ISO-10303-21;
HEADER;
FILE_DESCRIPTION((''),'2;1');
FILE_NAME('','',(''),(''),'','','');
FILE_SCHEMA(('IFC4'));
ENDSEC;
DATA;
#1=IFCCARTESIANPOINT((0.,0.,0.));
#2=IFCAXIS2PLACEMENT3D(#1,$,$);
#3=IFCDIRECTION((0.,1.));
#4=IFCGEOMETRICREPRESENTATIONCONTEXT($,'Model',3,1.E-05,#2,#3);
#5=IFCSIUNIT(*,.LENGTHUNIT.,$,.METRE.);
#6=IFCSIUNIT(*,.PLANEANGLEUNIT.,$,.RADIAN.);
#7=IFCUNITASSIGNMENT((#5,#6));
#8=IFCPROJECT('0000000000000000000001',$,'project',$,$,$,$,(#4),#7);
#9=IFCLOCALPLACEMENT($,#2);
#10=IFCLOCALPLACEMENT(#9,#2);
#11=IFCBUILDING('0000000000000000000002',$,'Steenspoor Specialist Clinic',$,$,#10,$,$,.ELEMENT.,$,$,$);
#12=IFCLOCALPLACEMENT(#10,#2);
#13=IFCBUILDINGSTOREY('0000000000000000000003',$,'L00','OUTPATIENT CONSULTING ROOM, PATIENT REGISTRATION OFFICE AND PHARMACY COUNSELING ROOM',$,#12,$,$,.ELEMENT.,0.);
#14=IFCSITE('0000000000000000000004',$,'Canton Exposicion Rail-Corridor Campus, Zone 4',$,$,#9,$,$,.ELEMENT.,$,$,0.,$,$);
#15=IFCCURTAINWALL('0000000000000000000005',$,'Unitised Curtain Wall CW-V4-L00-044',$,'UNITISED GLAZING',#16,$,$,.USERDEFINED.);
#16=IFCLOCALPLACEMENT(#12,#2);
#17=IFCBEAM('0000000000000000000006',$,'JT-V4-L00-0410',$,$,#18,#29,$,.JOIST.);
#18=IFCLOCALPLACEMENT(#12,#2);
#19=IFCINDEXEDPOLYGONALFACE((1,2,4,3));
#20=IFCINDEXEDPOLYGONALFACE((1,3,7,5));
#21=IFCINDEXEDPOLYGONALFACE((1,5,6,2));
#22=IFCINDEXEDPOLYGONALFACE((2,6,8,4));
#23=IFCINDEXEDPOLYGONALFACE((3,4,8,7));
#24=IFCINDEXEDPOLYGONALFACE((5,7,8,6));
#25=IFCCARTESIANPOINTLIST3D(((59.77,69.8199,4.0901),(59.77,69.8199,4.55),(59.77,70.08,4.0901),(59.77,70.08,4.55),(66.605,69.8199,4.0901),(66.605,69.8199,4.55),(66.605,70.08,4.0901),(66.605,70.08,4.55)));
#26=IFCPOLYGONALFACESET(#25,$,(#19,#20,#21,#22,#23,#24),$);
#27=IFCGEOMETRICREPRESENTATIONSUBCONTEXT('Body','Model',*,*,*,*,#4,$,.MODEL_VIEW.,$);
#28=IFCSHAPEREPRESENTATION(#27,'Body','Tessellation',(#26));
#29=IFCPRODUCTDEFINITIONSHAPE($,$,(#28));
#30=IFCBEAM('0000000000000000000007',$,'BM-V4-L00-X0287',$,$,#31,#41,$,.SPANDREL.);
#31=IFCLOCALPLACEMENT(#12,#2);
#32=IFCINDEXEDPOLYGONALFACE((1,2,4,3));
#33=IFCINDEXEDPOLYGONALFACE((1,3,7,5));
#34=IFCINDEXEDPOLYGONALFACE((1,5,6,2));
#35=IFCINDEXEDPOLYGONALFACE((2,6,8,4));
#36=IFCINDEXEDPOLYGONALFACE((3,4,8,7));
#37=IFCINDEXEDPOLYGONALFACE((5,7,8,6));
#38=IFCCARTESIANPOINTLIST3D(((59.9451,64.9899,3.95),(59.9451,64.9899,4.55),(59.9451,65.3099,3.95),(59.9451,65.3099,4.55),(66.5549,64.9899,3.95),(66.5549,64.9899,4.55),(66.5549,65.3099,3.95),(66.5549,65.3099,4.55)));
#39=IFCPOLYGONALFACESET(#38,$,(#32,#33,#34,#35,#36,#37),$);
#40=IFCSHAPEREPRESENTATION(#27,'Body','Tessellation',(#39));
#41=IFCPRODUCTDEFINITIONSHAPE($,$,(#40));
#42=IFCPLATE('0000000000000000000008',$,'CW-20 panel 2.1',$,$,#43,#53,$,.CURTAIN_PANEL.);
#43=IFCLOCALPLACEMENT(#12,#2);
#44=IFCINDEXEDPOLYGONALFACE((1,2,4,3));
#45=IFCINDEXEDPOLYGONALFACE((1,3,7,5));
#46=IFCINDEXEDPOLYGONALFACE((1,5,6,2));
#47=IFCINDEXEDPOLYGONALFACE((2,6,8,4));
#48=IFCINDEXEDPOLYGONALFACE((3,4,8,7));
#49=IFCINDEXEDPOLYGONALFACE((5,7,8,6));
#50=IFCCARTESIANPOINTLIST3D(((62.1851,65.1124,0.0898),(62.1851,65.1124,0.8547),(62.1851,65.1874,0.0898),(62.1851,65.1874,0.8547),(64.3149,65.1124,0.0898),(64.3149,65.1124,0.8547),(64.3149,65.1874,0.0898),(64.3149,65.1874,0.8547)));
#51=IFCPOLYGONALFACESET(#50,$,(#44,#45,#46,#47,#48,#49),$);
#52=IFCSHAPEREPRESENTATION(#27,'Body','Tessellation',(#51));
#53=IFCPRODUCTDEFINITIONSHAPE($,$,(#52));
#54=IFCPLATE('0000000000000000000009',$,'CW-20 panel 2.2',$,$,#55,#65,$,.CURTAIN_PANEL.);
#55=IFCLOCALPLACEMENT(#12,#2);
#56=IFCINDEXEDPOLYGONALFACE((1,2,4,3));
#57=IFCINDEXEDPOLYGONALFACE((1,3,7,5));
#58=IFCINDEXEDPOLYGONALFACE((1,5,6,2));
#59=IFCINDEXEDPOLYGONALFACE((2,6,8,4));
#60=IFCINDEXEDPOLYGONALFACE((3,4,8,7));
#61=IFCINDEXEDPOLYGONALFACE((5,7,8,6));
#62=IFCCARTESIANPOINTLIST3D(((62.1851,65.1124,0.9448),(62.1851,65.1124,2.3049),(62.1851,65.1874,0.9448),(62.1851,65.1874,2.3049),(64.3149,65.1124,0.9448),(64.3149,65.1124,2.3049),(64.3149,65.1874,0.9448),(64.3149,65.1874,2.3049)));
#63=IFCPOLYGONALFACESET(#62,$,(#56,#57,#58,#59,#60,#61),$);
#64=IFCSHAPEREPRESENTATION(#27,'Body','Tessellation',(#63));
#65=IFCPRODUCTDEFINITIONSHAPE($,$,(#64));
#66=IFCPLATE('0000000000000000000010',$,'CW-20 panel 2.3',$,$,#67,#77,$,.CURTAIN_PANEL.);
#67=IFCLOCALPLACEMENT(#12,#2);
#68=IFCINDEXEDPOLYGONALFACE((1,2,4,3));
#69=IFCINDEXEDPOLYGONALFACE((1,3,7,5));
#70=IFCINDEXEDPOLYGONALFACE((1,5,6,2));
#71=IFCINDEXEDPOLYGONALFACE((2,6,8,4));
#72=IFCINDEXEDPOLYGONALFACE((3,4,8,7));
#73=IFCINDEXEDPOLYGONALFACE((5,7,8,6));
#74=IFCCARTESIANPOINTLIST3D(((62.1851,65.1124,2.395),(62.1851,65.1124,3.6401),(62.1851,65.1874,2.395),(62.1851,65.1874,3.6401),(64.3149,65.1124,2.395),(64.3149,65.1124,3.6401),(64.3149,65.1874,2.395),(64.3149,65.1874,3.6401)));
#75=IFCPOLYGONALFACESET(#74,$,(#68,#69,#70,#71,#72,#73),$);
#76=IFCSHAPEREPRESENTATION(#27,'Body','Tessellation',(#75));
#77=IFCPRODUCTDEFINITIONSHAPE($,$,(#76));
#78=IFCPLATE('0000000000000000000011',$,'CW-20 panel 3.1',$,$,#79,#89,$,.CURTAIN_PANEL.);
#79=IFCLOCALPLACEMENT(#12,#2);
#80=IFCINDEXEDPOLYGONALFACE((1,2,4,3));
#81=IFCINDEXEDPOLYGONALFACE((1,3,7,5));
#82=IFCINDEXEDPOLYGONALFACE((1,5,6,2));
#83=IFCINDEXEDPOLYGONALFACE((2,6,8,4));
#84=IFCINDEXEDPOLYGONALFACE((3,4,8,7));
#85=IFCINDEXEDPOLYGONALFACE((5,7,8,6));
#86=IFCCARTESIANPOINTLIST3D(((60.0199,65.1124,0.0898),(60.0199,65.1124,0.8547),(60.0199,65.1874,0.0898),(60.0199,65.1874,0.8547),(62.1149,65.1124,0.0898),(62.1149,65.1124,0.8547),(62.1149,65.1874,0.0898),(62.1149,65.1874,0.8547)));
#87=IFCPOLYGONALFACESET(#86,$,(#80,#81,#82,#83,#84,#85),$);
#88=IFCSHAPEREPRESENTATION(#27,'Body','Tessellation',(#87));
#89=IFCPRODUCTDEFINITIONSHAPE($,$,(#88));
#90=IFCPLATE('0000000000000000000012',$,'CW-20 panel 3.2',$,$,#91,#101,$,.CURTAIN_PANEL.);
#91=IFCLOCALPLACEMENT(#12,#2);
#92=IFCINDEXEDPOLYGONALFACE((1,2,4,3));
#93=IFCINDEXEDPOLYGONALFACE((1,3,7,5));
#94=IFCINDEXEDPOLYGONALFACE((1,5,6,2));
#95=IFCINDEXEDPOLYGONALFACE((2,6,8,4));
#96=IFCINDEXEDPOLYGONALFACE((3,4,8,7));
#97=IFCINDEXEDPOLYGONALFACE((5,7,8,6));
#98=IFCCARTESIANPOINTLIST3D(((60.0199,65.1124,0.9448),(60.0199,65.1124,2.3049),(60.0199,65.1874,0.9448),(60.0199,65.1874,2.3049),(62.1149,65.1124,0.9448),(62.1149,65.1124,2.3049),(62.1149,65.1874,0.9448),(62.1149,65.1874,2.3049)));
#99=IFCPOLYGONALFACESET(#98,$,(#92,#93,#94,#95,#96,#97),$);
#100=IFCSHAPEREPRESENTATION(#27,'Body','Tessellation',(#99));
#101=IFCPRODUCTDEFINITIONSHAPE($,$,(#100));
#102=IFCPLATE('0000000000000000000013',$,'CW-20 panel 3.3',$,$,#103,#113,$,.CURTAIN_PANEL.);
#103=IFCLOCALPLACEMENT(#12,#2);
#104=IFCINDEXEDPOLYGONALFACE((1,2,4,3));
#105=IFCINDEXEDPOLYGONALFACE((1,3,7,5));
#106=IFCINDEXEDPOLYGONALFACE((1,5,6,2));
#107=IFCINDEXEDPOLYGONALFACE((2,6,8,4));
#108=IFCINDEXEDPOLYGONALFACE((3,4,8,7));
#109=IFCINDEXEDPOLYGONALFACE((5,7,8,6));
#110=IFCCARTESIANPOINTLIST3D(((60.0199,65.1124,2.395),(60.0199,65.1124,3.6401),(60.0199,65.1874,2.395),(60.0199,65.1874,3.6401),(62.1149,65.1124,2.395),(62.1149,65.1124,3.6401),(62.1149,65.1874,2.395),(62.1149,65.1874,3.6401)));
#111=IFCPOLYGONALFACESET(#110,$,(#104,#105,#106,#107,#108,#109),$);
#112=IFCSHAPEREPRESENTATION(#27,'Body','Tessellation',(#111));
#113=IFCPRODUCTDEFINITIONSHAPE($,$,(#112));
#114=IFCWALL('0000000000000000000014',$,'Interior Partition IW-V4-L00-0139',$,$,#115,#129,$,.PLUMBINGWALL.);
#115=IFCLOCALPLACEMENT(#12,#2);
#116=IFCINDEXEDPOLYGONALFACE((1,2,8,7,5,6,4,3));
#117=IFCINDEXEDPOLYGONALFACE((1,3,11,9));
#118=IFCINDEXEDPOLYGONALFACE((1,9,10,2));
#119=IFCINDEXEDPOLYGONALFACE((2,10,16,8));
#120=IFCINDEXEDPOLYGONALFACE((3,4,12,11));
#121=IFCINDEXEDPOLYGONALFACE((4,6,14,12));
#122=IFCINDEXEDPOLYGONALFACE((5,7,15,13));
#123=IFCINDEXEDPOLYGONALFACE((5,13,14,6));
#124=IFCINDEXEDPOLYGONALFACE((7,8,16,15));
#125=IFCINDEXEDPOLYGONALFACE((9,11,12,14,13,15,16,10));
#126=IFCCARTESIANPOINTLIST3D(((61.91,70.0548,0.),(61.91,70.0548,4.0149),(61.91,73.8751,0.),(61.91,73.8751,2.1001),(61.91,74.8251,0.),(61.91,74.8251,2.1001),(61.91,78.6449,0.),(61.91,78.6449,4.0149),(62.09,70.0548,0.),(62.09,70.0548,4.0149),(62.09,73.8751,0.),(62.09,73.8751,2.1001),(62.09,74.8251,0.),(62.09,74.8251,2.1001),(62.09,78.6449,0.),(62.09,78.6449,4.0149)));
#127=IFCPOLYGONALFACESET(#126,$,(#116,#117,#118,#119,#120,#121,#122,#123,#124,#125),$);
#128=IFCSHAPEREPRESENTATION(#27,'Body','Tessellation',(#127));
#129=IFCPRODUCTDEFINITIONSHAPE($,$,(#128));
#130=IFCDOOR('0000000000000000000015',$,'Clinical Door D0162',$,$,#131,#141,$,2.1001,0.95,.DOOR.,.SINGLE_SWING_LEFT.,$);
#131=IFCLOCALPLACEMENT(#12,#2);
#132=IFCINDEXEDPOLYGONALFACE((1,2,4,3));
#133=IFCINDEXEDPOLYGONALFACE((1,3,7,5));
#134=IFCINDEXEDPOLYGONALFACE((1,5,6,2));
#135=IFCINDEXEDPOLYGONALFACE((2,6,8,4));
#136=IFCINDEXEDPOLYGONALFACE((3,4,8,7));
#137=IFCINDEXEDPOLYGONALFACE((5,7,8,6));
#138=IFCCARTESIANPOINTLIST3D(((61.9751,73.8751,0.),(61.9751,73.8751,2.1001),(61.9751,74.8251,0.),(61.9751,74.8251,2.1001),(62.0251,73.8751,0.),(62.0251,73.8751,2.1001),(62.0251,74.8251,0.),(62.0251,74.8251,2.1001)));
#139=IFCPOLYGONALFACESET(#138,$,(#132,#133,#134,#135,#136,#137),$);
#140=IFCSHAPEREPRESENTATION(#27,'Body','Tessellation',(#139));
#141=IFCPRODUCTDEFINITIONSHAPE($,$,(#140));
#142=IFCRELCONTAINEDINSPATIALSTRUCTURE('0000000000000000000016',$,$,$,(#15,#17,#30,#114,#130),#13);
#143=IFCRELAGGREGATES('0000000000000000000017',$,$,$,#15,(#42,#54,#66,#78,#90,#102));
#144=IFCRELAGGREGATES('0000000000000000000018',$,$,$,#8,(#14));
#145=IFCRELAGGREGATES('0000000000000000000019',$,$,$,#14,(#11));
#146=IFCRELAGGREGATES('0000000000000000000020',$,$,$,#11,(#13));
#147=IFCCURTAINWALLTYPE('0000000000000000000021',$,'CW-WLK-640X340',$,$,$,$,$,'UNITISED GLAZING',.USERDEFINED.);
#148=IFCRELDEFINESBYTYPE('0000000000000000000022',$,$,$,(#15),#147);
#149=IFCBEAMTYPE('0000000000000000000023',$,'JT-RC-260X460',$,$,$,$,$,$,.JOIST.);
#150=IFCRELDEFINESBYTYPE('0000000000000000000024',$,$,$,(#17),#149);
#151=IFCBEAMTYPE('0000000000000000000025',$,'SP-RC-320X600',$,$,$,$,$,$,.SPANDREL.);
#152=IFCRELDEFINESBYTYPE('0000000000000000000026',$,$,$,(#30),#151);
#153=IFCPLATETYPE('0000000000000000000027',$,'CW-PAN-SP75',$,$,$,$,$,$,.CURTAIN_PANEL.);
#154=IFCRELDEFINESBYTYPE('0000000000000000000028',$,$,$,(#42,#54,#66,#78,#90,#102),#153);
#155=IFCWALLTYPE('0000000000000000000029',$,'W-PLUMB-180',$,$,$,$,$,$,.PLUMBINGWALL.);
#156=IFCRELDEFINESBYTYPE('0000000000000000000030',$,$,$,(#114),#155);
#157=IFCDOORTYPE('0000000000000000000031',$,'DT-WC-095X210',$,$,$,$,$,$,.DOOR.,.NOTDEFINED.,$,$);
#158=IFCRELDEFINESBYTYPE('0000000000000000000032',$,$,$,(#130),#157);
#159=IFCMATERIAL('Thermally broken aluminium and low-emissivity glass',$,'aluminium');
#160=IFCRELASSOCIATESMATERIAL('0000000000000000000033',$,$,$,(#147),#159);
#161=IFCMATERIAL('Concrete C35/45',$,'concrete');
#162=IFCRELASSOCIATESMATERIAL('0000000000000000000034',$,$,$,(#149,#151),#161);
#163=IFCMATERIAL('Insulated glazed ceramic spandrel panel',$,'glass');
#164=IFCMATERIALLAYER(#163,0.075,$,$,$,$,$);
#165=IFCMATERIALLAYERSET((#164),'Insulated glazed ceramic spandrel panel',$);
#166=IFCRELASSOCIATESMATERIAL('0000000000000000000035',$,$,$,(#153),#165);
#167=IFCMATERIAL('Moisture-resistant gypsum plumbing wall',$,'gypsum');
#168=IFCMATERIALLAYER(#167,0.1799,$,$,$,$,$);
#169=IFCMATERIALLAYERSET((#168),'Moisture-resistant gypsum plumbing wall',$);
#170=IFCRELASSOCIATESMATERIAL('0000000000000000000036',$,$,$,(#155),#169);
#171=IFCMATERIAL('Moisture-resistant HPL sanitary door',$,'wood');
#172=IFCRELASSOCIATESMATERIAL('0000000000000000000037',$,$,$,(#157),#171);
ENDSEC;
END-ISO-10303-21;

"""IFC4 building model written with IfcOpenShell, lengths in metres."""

from ifc_helpers import new_model, si_unit, direction, frame, frame_2d, origin, origin_2d, place, context, subcontext, project, spatial, rectangle, extrude, material, layer, layer_set, material_profile, profile_set, type_object, element, fill, aggregate, save


model = new_model("IFC4")

# Units and contexts
model_context = context("Model", 3, precision=1e-05, world=origin(), true_north=direction((0.0, 1.0)))
body_context = subcontext(model_context, "Body", "Model", "MODEL_VIEW")
ifc_project = project(units=[si_unit("LENGTHUNIT", "METRE"), si_unit("PLANEANGLEUNIT", "RADIAN")], contexts=[model_context])

# Site, building, storey
site_placement = place(None, origin())
site = spatial("IfcSite", under=ifc_project, at=site_placement, Name="Canton Exposicion Rail-Corridor Campus, Zone 4", CompositionType="ELEMENT", RefElevation=0.0)
building_placement = place(site_placement, origin())
building = spatial("IfcBuilding", under=site, at=building_placement, Name="Steenspoor Specialist Clinic", CompositionType="ELEMENT")
storey_placement = place(building_placement, origin())
storey = spatial("IfcBuildingStorey", under=building, at=storey_placement, Name="L00", Description="OUTPATIENT CONSULTING ROOM, PATIENT REGISTRATION OFFICE AND PHARMACY COUNSELING ROOM", CompositionType="ELEMENT", Elevation=0.0)

# Shared definitions
ifc_material_1 = material(Name="Concrete C35/45", Category="concrete")

# Curtain wall
ifc_material_2 = material(Name="Thermally broken aluminium and low-emissivity glass", Category="aluminium")
curtain_wall_type = type_object("IfcCurtainWallType", Name="CW-WLK-640X340", ElementType="UNITISED GLAZING", PredefinedType="USERDEFINED", material=ifc_material_2)
curtain_wall_placement = place(storey_placement, origin())
curtain_wall = element("IfcCurtainWall", 1, at=curtain_wall_placement, inside=storey, type_object=curtain_wall_type, Name="Unitised Curtain Wall CW-V4-L00-044", ObjectType="UNITISED GLAZING", PredefinedType="USERDEFINED")

# Beams
ifc_material_profile_1 = material_profile(ifc_material_1, rectangle(XDim=0.26, YDim=0.46, at=origin_2d()), Name="RC-JT-260X460")
ifc_profile_set_1 = profile_set([ifc_material_profile_1], Name="Concrete C35/45")
beam_type_1 = type_object("IfcBeamType", Name="JT-RC-260X460", PredefinedType="JOIST", material=ifc_profile_set_1)
beam_1_placement = place(storey_placement, frame((59.77, 69.95, 4.3201), z_axis=(1.0, 0.0, 0.0), x_axis=(0.0, 1.0, 0.0)))
element("IfcBeam", 2, at=beam_1_placement, inside=storey, type_object=beam_type_1, Name="JT-V4-L00-0410", PredefinedType="JOIST", context=body_context, shape_type="SweptSolid", body=[
    extrude(rectangle(XDim=0.26, YDim=0.46, at=origin_2d()), origin(), (0.0, 0.0, 1.0), 6.835),
])
ifc_material_profile_2 = material_profile(ifc_material_1, rectangle(XDim=0.3201, YDim=0.6001, at=origin_2d()), Name="RC-SP-320X600")
ifc_profile_set_2 = profile_set([ifc_material_profile_2], Name="Concrete C35/45")
beam_type_2 = type_object("IfcBeamType", Name="SP-RC-320X600", PredefinedType="SPANDREL", material=ifc_profile_set_2)
beam_2_placement = place(storey_placement, frame((59.9451, 65.1499, 4.25), z_axis=(1.0, 0.0, 0.0), x_axis=(0.0, 1.0, 0.0)))
element("IfcBeam", 3, at=beam_2_placement, inside=storey, type_object=beam_type_2, Name="BM-V4-L00-X0287", PredefinedType="SPANDREL", context=body_context, shape_type="SweptSolid", body=[
    extrude(rectangle(XDim=0.3201, YDim=0.6001, at=origin_2d()), origin(), (0.0, 0.0, 1.0), 6.6099),
])

# Plates
ifc_material_3 = material(Name="Insulated glazed ceramic spandrel panel", Category="glass")
ifc_layer_1 = layer(ifc_material_3, 0.075)
ifc_layer_set_1 = layer_set([ifc_layer_1], Name="Insulated glazed ceramic spandrel panel")
plate_type = type_object("IfcPlateType", Name="CW-PAN-SP75", PredefinedType="CURTAIN_PANEL", material=ifc_layer_set_1)
plate_1_placement = place(storey_placement, frame((63.25, 65.1499, 0.0898), z_axis=(0.0, 0.0, 1.0), x_axis=(-1.0, 0.0, 0.0)))
plate_1 = element("IfcPlate", 4, at=plate_1_placement, type_object=plate_type, Name="CW-20 panel 2.1", PredefinedType="CURTAIN_PANEL", context=body_context, shape_type="SweptSolid", body=[
    extrude(rectangle(XDim=2.1299, YDim=0.075, at=origin_2d()), origin(), (0.0, 0.0, 1.0), 0.7649),
])
plate_2_placement = place(storey_placement, frame((63.25, 65.1499, 0.9448), z_axis=(0.0, 0.0, 1.0), x_axis=(-1.0, 0.0, 0.0)))
plate_2 = element("IfcPlate", 5, at=plate_2_placement, type_object=plate_type, Name="CW-20 panel 2.2", PredefinedType="CURTAIN_PANEL", context=body_context, shape_type="SweptSolid", body=[
    extrude(rectangle(XDim=2.1299, YDim=0.075, at=origin_2d()), origin(), (0.0, 0.0, 1.0), 1.3601),
])
plate_3_placement = place(storey_placement, frame((63.25, 65.1499, 2.395), z_axis=(0.0, 0.0, 1.0), x_axis=(-1.0, 0.0, 0.0)))
plate_3 = element("IfcPlate", 6, at=plate_3_placement, type_object=plate_type, Name="CW-20 panel 2.3", PredefinedType="CURTAIN_PANEL", context=body_context, shape_type="SweptSolid", body=[
    extrude(rectangle(XDim=2.1299, YDim=0.075, at=origin_2d()), origin(), (0.0, 0.0, 1.0), 1.2451),
])
plate_4_placement = place(storey_placement, frame((61.0674, 65.1499, 0.0898), z_axis=(0.0, 0.0, 1.0), x_axis=(-1.0, 0.0, 0.0)))
plate_4 = element("IfcPlate", 7, at=plate_4_placement, type_object=plate_type, Name="CW-20 panel 3.1", PredefinedType="CURTAIN_PANEL", context=body_context, shape_type="SweptSolid", body=[
    extrude(rectangle(XDim=2.095, YDim=0.075, at=origin_2d()), origin(), (0.0, 0.0, 1.0), 0.7649),
])
plate_5_placement = place(storey_placement, frame((61.0674, 65.1499, 0.9448), z_axis=(0.0, 0.0, 1.0), x_axis=(-1.0, 0.0, 0.0)))
plate_5 = element("IfcPlate", 8, at=plate_5_placement, type_object=plate_type, Name="CW-20 panel 3.2", PredefinedType="CURTAIN_PANEL", context=body_context, shape_type="SweptSolid", body=[
    extrude(rectangle(XDim=2.095, YDim=0.075, at=origin_2d()), origin(), (0.0, 0.0, 1.0), 1.3601),
])
plate_6_placement = place(storey_placement, frame((61.0674, 65.1499, 2.395), z_axis=(0.0, 0.0, 1.0), x_axis=(-1.0, 0.0, 0.0)))
plate_6 = element("IfcPlate", 9, at=plate_6_placement, type_object=plate_type, Name="CW-20 panel 3.3", PredefinedType="CURTAIN_PANEL", context=body_context, shape_type="SweptSolid", body=[
    extrude(rectangle(XDim=2.095, YDim=0.075, at=origin_2d()), origin(), (0.0, 0.0, 1.0), 1.2451),
])
aggregate(curtain_wall, [plate_1, plate_2, plate_3, plate_4, plate_5, plate_6])

# Wall, opening, door
ifc_material_4 = material(Name="Moisture-resistant gypsum plumbing wall", Category="gypsum")
ifc_layer_2 = layer(ifc_material_4, 0.1799)
ifc_layer_set_2 = layer_set([ifc_layer_2], Name="Moisture-resistant gypsum plumbing wall")
wall_type = type_object("IfcWallType", Name="W-PLUMB-180", PredefinedType="PLUMBINGWALL", material=ifc_layer_set_2)
wall_placement = place(storey_placement, frame((62.0, 70.0549, 0.0), z_axis=(0.0, 0.0, 1.0), x_axis=(0.0, 1.0, 0.0)))
wall = element("IfcWall", 10, at=wall_placement, inside=storey, type_object=wall_type, Name="Interior Partition IW-V4-L00-0139", PredefinedType="PLUMBINGWALL", context=body_context, shape_type="SweptSolid", body=[
    extrude(rectangle(XDim=8.5901, YDim=0.1799, at=frame_2d((4.2949, 0.0))), origin(), (0.0, 0.0, 1.0), 4.0149),
])
opening_placement = place(wall_placement, frame((3.8201, 0.0, 0.0)))
opening = element("IfcOpeningElement", 11, at=opening_placement, cuts=wall, PredefinedType="OPENING", context=body_context, shape_type="SweptSolid", body=[
    extrude(rectangle(XDim=0.95, YDim=2.1001, at=frame_2d((0.4751, 1.05))), frame((0.0, 0.1001, 0.0), z_axis=(0.0, -1.0, 0.0), x_axis=(1.0, 0.0, 0.0)), (0.0, 0.0, 1.0), 0.2),
])
ifc_material_5 = material(Name="Moisture-resistant HPL sanitary door", Category="wood")
door_type = type_object("IfcDoorType", Name="DT-WC-095X210", OperationType="NOTDEFINED", PredefinedType="DOOR", material=ifc_material_5)
door_placement = place(opening_placement, origin())
door = element("IfcDoor", 12, at=door_placement, inside=storey, type_object=door_type, Name="Clinical Door D0162", OperationType="SINGLE_SWING_LEFT", OverallHeight=2.1001, OverallWidth=0.95, PredefinedType="DOOR", context=body_context, shape_type="SweptSolid", body=[
    extrude(rectangle(XDim=0.95, YDim=2.1001, at=frame_2d((0.4751, 1.05))), frame((0.0, 0.0249, 0.0), z_axis=(0.0, -1.0, 0.0), x_axis=(1.0, 0.0, 0.0)), (0.0, 0.0, 1.0), 0.05),
])
fill(opening, door)

save(model, "model.ifc")
